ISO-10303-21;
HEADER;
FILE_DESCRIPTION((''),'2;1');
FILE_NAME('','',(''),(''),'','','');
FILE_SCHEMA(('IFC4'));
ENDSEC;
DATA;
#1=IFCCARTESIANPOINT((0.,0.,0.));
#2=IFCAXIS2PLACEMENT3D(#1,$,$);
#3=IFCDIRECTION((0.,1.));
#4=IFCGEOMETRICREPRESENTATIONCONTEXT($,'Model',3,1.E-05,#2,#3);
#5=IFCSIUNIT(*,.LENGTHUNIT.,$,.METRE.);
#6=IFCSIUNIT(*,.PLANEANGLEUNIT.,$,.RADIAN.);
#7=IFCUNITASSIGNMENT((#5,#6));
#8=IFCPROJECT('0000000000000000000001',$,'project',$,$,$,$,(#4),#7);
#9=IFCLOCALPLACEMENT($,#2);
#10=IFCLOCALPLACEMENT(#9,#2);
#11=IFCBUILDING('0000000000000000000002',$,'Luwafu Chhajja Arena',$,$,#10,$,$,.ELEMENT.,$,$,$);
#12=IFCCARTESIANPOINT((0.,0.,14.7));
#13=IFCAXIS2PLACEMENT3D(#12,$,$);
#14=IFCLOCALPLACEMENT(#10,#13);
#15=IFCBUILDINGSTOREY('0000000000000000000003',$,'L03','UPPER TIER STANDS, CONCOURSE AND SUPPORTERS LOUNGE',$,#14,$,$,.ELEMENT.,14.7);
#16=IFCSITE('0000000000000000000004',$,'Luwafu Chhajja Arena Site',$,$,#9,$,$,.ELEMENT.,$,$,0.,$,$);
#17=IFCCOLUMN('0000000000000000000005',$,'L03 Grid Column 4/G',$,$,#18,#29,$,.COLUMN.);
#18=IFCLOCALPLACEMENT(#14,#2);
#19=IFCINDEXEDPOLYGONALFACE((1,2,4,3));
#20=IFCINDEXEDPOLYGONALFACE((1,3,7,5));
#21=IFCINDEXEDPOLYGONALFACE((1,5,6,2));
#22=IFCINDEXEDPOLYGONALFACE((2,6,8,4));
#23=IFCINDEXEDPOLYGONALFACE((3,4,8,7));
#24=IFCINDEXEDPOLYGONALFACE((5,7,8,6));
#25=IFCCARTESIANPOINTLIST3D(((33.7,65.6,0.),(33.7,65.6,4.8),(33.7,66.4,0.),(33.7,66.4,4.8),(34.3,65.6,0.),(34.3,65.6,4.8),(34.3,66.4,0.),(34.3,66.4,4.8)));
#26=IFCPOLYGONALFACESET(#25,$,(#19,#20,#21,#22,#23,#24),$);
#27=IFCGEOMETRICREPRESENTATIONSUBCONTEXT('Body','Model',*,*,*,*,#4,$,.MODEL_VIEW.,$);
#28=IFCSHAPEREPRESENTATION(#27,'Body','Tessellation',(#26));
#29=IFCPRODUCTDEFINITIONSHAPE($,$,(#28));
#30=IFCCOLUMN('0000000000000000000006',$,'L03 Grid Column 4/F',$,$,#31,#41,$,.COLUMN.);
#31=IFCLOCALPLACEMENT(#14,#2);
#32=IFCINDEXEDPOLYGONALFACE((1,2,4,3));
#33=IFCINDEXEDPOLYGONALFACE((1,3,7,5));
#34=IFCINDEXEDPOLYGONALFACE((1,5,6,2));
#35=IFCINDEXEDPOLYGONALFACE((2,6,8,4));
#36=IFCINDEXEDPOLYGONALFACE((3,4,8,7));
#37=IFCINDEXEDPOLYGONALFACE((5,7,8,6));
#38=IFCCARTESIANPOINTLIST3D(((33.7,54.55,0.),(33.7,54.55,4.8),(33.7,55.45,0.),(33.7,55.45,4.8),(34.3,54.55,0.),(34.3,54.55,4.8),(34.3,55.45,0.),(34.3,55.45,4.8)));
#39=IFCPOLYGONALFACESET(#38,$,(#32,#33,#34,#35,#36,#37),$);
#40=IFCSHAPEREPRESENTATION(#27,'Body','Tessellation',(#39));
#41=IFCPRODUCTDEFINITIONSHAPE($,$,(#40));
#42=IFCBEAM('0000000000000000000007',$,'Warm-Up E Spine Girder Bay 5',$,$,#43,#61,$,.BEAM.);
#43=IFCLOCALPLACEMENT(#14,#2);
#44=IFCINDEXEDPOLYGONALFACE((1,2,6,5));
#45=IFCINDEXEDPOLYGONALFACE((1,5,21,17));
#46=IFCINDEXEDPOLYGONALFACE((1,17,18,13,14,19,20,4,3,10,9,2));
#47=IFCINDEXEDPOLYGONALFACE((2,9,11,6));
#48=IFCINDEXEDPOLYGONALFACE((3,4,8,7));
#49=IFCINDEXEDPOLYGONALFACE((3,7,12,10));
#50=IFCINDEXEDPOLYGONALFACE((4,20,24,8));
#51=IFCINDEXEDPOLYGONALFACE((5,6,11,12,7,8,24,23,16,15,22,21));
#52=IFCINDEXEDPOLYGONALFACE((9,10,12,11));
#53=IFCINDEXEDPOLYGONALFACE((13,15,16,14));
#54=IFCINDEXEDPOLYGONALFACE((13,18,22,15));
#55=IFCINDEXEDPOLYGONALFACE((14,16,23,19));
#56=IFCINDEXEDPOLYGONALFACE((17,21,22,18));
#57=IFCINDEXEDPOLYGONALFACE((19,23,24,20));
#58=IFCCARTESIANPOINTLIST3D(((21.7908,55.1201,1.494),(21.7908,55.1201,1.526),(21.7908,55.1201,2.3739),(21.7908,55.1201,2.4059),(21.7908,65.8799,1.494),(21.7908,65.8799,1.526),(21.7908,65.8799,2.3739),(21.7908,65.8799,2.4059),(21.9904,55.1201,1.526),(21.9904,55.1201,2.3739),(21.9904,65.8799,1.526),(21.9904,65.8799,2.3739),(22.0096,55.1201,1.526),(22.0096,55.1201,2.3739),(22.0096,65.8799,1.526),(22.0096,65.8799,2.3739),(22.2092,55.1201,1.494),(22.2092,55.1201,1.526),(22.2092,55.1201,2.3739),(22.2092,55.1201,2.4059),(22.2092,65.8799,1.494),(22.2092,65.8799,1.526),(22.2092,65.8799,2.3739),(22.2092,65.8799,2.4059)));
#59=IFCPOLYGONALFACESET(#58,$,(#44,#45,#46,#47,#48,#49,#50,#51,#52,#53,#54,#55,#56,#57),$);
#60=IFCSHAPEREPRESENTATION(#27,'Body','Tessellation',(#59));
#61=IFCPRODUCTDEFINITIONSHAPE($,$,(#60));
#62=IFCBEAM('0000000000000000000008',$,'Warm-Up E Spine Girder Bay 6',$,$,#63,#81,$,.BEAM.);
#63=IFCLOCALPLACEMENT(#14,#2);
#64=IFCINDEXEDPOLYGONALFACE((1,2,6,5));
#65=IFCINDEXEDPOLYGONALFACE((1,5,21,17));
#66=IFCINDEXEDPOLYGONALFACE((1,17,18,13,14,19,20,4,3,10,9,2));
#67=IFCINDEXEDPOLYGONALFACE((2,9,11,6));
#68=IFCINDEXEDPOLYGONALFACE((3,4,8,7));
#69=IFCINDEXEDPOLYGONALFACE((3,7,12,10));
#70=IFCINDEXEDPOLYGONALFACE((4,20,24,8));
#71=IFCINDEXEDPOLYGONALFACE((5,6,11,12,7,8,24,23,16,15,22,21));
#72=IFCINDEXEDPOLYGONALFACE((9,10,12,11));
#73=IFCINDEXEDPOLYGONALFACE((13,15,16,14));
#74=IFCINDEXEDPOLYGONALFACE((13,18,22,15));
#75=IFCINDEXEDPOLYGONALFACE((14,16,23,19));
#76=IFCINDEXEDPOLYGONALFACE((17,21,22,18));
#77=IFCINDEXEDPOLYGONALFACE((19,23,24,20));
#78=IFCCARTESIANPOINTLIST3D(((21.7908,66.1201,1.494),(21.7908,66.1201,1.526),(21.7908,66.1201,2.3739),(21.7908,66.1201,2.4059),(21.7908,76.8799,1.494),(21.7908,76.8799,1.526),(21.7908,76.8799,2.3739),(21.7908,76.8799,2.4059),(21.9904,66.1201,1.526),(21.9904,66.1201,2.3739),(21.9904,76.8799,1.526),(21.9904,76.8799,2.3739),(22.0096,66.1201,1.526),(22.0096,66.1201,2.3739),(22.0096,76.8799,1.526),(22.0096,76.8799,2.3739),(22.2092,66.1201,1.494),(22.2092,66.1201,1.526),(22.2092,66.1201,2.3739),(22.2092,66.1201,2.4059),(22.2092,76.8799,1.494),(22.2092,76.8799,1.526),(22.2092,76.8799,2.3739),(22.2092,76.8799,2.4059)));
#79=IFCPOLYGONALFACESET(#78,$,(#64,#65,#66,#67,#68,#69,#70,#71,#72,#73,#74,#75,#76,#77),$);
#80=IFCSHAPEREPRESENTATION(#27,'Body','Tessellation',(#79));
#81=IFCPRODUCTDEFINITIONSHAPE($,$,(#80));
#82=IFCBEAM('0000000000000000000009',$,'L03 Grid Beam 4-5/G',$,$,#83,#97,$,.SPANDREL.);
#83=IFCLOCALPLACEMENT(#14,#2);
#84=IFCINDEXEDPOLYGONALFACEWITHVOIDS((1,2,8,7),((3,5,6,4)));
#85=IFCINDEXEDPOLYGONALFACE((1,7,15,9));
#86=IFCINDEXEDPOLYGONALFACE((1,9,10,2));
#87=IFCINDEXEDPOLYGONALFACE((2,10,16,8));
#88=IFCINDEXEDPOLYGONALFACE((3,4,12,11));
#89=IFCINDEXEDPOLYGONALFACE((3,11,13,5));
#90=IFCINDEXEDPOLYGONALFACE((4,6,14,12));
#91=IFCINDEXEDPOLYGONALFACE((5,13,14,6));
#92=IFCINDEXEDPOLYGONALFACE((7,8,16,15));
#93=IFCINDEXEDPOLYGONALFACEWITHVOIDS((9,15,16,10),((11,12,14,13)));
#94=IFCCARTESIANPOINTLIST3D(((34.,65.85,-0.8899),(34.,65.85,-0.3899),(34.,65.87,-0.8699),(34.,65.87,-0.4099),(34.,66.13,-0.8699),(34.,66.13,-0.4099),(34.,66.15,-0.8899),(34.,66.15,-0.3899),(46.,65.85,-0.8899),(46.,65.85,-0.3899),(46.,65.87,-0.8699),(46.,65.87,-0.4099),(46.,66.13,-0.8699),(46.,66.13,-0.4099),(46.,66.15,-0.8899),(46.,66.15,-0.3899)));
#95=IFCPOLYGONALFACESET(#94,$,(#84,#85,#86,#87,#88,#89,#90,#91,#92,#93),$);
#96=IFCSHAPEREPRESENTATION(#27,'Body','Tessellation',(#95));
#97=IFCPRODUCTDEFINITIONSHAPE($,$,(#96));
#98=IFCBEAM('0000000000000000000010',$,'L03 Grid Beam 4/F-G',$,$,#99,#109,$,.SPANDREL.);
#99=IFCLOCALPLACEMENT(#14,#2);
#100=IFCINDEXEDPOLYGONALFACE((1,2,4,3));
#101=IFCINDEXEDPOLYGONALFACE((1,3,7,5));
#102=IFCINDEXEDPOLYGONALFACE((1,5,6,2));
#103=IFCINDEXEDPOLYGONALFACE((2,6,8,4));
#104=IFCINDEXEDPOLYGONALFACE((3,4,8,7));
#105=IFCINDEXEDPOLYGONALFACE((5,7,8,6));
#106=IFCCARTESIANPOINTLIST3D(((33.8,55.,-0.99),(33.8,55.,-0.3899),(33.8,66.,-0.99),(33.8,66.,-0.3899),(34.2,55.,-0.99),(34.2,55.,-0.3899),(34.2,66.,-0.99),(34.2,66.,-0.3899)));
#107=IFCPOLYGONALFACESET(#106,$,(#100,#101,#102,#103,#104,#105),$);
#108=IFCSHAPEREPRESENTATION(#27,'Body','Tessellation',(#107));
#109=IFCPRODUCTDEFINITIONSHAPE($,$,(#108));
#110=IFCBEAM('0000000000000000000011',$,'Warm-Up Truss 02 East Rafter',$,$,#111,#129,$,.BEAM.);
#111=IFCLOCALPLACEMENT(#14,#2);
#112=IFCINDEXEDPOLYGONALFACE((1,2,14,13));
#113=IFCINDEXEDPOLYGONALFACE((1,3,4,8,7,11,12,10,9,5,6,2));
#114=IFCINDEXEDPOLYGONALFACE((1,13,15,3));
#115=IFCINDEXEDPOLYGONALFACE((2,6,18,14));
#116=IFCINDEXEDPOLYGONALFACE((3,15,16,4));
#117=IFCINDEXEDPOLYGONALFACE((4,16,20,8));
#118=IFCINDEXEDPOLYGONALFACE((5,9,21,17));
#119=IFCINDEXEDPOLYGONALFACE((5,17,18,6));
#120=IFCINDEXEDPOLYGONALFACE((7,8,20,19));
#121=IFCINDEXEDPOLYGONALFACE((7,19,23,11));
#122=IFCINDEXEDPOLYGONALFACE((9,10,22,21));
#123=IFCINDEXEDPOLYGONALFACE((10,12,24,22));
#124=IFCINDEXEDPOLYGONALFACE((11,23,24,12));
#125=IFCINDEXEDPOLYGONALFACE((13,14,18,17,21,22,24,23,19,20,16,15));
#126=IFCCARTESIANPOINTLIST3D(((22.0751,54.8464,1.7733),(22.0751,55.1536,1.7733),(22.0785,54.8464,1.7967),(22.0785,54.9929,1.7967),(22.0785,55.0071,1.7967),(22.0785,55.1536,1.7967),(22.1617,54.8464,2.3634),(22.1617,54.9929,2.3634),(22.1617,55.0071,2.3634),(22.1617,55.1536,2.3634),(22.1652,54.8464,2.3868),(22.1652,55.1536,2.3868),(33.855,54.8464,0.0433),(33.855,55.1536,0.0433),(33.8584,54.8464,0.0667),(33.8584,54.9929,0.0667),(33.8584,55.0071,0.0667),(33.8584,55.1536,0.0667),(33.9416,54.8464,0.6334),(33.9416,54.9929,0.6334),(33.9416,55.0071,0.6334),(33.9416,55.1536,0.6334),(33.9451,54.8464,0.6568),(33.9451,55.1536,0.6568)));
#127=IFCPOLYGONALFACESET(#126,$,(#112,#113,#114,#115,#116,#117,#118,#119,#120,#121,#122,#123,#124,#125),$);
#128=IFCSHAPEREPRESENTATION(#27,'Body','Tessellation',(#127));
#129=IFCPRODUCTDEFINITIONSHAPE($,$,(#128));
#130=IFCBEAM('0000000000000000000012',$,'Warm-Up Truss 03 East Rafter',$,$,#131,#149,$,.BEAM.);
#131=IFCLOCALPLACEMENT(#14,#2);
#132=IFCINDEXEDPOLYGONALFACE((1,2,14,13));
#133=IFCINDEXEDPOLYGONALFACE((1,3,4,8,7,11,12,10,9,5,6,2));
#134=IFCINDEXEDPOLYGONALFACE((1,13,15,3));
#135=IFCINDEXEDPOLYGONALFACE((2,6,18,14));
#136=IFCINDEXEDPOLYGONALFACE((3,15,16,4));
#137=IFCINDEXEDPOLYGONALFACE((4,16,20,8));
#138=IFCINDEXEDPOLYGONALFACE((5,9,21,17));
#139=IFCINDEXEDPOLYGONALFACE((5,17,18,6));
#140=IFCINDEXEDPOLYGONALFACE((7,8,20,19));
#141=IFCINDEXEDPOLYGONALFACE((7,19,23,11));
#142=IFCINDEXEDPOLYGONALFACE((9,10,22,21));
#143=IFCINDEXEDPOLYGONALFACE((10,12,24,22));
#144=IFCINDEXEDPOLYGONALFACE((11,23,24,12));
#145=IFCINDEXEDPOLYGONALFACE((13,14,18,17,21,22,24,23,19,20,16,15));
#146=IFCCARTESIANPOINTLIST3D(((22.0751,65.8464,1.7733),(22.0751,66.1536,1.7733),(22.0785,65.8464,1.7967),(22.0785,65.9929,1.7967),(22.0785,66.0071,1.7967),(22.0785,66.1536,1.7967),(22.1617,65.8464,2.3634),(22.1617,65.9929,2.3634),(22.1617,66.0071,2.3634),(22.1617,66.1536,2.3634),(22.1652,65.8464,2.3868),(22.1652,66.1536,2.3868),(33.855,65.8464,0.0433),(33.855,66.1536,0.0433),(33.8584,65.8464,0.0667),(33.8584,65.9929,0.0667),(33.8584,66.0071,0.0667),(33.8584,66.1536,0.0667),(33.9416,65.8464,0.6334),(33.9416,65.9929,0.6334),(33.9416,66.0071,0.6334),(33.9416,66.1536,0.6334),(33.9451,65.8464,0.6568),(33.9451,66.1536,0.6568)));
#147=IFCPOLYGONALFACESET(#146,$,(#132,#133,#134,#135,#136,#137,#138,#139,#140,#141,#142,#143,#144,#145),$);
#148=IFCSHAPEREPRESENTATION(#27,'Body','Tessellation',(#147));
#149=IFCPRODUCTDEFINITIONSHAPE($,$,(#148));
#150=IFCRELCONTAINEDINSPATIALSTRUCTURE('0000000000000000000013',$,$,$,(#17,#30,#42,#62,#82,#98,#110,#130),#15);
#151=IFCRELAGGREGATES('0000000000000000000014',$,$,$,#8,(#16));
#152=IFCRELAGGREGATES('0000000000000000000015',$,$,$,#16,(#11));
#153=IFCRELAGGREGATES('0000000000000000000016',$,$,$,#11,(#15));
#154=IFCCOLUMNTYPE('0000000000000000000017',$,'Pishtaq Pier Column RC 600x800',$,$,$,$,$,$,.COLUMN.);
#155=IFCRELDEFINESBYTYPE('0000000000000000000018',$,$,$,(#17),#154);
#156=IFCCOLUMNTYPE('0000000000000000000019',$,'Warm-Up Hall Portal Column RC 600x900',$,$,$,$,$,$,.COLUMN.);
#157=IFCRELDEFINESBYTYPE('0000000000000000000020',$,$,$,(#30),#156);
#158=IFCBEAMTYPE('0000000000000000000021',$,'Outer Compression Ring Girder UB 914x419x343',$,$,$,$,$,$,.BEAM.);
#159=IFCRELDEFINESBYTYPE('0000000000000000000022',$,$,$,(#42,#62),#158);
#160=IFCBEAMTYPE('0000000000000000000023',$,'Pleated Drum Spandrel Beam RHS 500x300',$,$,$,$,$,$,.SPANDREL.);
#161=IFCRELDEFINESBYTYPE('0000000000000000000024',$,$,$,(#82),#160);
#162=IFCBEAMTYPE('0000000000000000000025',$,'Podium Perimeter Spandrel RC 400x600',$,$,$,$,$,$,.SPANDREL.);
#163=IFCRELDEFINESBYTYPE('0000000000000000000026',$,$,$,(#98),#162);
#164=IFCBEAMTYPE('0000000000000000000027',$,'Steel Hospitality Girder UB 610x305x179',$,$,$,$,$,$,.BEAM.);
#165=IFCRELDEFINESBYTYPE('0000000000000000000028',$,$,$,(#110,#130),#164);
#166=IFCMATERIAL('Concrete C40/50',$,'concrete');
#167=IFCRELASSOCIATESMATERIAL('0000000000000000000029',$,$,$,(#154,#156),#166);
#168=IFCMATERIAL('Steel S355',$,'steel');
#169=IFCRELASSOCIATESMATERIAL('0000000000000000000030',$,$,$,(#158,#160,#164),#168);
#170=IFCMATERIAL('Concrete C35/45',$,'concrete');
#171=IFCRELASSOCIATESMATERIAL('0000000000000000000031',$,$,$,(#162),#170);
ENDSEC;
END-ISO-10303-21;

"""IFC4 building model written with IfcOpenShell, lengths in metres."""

from ifc_helpers import new_model, si_unit, direction, frame, origin, origin_2d, place, context, subcontext, project, spatial, rectangle, hollow_rectangle, i_section, extrude, material, material_profile, profile_set, type_object, element, save


model = new_model("IFC4")

# Units and contexts
model_context = context("Model", 3, precision=1e-05, world=origin(), true_north=direction((0.0, 1.0)))
body_context = subcontext(model_context, "Body", "Model", "MODEL_VIEW")
ifc_project = project(units=[si_unit("LENGTHUNIT", "METRE"), si_unit("PLANEANGLEUNIT", "RADIAN")], contexts=[model_context])

# Site, building, storey
site_placement = place(None, origin())
site = spatial("IfcSite", under=ifc_project, at=site_placement, Name="Luwafu Chhajja Arena Site", CompositionType="ELEMENT", RefElevation=0.0)
building_placement = place(site_placement, origin())
building = spatial("IfcBuilding", under=site, at=building_placement, Name="Luwafu Chhajja Arena", CompositionType="ELEMENT")
storey_placement = place(building_placement, frame((0.0, 0.0, 14.7)))
storey = spatial("IfcBuildingStorey", under=building, at=storey_placement, Name="L03", Description="UPPER TIER STANDS, CONCOURSE AND SUPPORTERS LOUNGE", CompositionType="ELEMENT", Elevation=14.7)

# Columns
ifc_material_1 = material(Name="Concrete C40/50", Category="concrete")
ifc_material_profile_1 = material_profile(ifc_material_1, rectangle(XDim=0.6001, YDim=0.8, at=origin_2d()), Name="RC 600x800")
ifc_profile_set_1 = profile_set([ifc_material_profile_1], Name="Concrete C40/50")
column_type_1 = type_object("IfcColumnType", Name="Pishtaq Pier Column RC 600x800", PredefinedType="COLUMN", material=ifc_profile_set_1)
column_1_placement = place(storey_placement, frame((34.0, 66.0, 0.0), z_axis=(0.0, 0.0, 1.0), x_axis=(1.0, 0.0, 0.0)))
element("IfcColumn", 1, at=column_1_placement, inside=storey, type_object=column_type_1, Name="L03 Grid Column 4/G", PredefinedType="COLUMN", context=body_context, shape_type="SweptSolid", body=[
    extrude(rectangle(XDim=0.6001, YDim=0.8, at=origin_2d()), origin(), (0.0, 0.0, 1.0), 4.8),
])
ifc_material_profile_2 = material_profile(ifc_material_1, rectangle(XDim=0.6001, YDim=0.8999, at=origin_2d()), Name="RC 600x900")
ifc_profile_set_2 = profile_set([ifc_material_profile_2], Name="Concrete C40/50")
column_type_2 = type_object("IfcColumnType", Name="Warm-Up Hall Portal Column RC 600x900", PredefinedType="COLUMN", material=ifc_profile_set_2)
column_2_placement = place(storey_placement, frame((34.0, 55.0, 0.0), z_axis=(0.0, 0.0, 1.0), x_axis=(1.0, 0.0, 0.0)))
element("IfcColumn", 2, at=column_2_placement, inside=storey, type_object=column_type_2, Name="L03 Grid Column 4/F", PredefinedType="COLUMN", context=body_context, shape_type="SweptSolid", body=[
    extrude(rectangle(XDim=0.6001, YDim=0.8999, at=origin_2d()), origin(), (0.0, 0.0, 1.0), 4.8),
])

# Beams
ifc_material_2 = material(Name="Steel S355", Category="steel")
ifc_material_profile_3 = material_profile(ifc_material_2, i_section(OverallWidth=0.4185, OverallDepth=0.9119, WebThickness=0.0193, FlangeThickness=0.032, at=origin_2d()), Name="UB 914x419x343")
ifc_profile_set_3 = profile_set([ifc_material_profile_3], Name="Steel S355")
beam_type_1 = type_object("IfcBeamType", Name="Outer Compression Ring Girder UB 914x419x343", PredefinedType="BEAM", material=ifc_profile_set_3)
for number, where, z_axis, x_axis, name in (
    (3, (22.0, 55.1201, 1.95), (0.0, 1.0, 0.0), (-1.0, 0.0, 0.0), "Warm-Up E Spine Girder Bay 5"),
    (4, (22.0, 66.1201, 1.95), (0.0, 1.0, 0.0), (-1.0, 0.0, 0.0), "Warm-Up E Spine Girder Bay 6"),
):
    element("IfcBeam", number, at=place(storey_placement, frame(where, z_axis=z_axis, x_axis=x_axis)), inside=storey, type_object=beam_type_1, Name=name, PredefinedType="BEAM", context=body_context, shape_type="SweptSolid", body=[
        extrude(i_section(OverallWidth=0.4185, OverallDepth=0.9119, WebThickness=0.0193, FlangeThickness=0.032, at=origin_2d()), origin(), (0.0, 0.0, 1.0), 10.7598),
    ])
ifc_material_profile_4 = material_profile(ifc_material_2, hollow_rectangle(XDim=0.3, YDim=0.5, WallThickness=0.02, at=origin_2d()), Name="RHS 500x300x20")
ifc_profile_set_4 = profile_set([ifc_material_profile_4], Name="Steel S355")
beam_type_2 = type_object("IfcBeamType", Name="Pleated Drum Spandrel Beam RHS 500x300", PredefinedType="SPANDREL", material=ifc_profile_set_4)
beam_1_placement = place(storey_placement, frame((34.0, 66.0, -0.6399), z_axis=(1.0, 0.0, 0.0), x_axis=(0.0, 1.0, 0.0)))
element("IfcBeam", 5, at=beam_1_placement, inside=storey, type_object=beam_type_2, Name="L03 Grid Beam 4-5/G", PredefinedType="SPANDREL", context=body_context, shape_type="SweptSolid", body=[
    extrude(hollow_rectangle(XDim=0.3, YDim=0.5, WallThickness=0.02, at=origin_2d()), origin(), (0.0, 0.0, 1.0), 12.0),
])
ifc_material_3 = material(Name="Concrete C35/45", Category="concrete")
ifc_material_profile_5 = material_profile(ifc_material_3, rectangle(XDim=0.3999, YDim=0.6001, at=origin_2d()), Name="RC 400x600")
ifc_profile_set_5 = profile_set([ifc_material_profile_5], Name="Concrete C35/45")
beam_type_3 = type_object("IfcBeamType", Name="Podium Perimeter Spandrel RC 400x600", PredefinedType="SPANDREL", material=ifc_profile_set_5)
beam_2_placement = place(storey_placement, frame((34.0, 55.0, -0.6899), z_axis=(0.0, 1.0, 0.0), x_axis=(-1.0, 0.0, 0.0)))
element("IfcBeam", 6, at=beam_2_placement, inside=storey, type_object=beam_type_3, Name="L03 Grid Beam 4/F-G", PredefinedType="SPANDREL", context=body_context, shape_type="SweptSolid", body=[
    extrude(rectangle(XDim=0.3999, YDim=0.6001, at=origin_2d()), origin(), (0.0, 0.0, 1.0), 11.0),
])
ifc_material_profile_6 = material_profile(ifc_material_2, i_section(OverallWidth=0.3071, OverallDepth=0.6201, WebThickness=0.0142, FlangeThickness=0.0237, at=origin_2d()), Name="UB 610x305x179")
ifc_profile_set_6 = profile_set([ifc_material_profile_6], Name="Steel S355")
beam_type_4 = type_object("IfcBeamType", Name="Steel Hospitality Girder UB 610x305x179", PredefinedType="BEAM", material=ifc_profile_set_6)
for number, where, z_axis, x_axis, name in (
    (7, (22.1201, 55.0, 2.0801), (0.989387, 0.0, -0.145302), (0.0, 1.0, 0.0), "Warm-Up Truss 02 East Rafter"),
    (8, (22.1201, 66.0, 2.0801), (0.989387, 0.0, -0.145302), (0.0, 1.0, 0.0), "Warm-Up Truss 03 East Rafter"),
):
    element("IfcBeam", number, at=place(storey_placement, frame(where, z_axis=z_axis, x_axis=x_axis)), inside=storey, type_object=beam_type_4, Name=name, PredefinedType="BEAM", context=body_context, shape_type="SweptSolid", body=[
        extrude(i_section(OverallWidth=0.3071, OverallDepth=0.6201, WebThickness=0.0142, FlangeThickness=0.0237, at=origin_2d()), origin(), (0.0, 0.0, 1.0), 11.9062),
    ])

save(model, "model.ifc")
